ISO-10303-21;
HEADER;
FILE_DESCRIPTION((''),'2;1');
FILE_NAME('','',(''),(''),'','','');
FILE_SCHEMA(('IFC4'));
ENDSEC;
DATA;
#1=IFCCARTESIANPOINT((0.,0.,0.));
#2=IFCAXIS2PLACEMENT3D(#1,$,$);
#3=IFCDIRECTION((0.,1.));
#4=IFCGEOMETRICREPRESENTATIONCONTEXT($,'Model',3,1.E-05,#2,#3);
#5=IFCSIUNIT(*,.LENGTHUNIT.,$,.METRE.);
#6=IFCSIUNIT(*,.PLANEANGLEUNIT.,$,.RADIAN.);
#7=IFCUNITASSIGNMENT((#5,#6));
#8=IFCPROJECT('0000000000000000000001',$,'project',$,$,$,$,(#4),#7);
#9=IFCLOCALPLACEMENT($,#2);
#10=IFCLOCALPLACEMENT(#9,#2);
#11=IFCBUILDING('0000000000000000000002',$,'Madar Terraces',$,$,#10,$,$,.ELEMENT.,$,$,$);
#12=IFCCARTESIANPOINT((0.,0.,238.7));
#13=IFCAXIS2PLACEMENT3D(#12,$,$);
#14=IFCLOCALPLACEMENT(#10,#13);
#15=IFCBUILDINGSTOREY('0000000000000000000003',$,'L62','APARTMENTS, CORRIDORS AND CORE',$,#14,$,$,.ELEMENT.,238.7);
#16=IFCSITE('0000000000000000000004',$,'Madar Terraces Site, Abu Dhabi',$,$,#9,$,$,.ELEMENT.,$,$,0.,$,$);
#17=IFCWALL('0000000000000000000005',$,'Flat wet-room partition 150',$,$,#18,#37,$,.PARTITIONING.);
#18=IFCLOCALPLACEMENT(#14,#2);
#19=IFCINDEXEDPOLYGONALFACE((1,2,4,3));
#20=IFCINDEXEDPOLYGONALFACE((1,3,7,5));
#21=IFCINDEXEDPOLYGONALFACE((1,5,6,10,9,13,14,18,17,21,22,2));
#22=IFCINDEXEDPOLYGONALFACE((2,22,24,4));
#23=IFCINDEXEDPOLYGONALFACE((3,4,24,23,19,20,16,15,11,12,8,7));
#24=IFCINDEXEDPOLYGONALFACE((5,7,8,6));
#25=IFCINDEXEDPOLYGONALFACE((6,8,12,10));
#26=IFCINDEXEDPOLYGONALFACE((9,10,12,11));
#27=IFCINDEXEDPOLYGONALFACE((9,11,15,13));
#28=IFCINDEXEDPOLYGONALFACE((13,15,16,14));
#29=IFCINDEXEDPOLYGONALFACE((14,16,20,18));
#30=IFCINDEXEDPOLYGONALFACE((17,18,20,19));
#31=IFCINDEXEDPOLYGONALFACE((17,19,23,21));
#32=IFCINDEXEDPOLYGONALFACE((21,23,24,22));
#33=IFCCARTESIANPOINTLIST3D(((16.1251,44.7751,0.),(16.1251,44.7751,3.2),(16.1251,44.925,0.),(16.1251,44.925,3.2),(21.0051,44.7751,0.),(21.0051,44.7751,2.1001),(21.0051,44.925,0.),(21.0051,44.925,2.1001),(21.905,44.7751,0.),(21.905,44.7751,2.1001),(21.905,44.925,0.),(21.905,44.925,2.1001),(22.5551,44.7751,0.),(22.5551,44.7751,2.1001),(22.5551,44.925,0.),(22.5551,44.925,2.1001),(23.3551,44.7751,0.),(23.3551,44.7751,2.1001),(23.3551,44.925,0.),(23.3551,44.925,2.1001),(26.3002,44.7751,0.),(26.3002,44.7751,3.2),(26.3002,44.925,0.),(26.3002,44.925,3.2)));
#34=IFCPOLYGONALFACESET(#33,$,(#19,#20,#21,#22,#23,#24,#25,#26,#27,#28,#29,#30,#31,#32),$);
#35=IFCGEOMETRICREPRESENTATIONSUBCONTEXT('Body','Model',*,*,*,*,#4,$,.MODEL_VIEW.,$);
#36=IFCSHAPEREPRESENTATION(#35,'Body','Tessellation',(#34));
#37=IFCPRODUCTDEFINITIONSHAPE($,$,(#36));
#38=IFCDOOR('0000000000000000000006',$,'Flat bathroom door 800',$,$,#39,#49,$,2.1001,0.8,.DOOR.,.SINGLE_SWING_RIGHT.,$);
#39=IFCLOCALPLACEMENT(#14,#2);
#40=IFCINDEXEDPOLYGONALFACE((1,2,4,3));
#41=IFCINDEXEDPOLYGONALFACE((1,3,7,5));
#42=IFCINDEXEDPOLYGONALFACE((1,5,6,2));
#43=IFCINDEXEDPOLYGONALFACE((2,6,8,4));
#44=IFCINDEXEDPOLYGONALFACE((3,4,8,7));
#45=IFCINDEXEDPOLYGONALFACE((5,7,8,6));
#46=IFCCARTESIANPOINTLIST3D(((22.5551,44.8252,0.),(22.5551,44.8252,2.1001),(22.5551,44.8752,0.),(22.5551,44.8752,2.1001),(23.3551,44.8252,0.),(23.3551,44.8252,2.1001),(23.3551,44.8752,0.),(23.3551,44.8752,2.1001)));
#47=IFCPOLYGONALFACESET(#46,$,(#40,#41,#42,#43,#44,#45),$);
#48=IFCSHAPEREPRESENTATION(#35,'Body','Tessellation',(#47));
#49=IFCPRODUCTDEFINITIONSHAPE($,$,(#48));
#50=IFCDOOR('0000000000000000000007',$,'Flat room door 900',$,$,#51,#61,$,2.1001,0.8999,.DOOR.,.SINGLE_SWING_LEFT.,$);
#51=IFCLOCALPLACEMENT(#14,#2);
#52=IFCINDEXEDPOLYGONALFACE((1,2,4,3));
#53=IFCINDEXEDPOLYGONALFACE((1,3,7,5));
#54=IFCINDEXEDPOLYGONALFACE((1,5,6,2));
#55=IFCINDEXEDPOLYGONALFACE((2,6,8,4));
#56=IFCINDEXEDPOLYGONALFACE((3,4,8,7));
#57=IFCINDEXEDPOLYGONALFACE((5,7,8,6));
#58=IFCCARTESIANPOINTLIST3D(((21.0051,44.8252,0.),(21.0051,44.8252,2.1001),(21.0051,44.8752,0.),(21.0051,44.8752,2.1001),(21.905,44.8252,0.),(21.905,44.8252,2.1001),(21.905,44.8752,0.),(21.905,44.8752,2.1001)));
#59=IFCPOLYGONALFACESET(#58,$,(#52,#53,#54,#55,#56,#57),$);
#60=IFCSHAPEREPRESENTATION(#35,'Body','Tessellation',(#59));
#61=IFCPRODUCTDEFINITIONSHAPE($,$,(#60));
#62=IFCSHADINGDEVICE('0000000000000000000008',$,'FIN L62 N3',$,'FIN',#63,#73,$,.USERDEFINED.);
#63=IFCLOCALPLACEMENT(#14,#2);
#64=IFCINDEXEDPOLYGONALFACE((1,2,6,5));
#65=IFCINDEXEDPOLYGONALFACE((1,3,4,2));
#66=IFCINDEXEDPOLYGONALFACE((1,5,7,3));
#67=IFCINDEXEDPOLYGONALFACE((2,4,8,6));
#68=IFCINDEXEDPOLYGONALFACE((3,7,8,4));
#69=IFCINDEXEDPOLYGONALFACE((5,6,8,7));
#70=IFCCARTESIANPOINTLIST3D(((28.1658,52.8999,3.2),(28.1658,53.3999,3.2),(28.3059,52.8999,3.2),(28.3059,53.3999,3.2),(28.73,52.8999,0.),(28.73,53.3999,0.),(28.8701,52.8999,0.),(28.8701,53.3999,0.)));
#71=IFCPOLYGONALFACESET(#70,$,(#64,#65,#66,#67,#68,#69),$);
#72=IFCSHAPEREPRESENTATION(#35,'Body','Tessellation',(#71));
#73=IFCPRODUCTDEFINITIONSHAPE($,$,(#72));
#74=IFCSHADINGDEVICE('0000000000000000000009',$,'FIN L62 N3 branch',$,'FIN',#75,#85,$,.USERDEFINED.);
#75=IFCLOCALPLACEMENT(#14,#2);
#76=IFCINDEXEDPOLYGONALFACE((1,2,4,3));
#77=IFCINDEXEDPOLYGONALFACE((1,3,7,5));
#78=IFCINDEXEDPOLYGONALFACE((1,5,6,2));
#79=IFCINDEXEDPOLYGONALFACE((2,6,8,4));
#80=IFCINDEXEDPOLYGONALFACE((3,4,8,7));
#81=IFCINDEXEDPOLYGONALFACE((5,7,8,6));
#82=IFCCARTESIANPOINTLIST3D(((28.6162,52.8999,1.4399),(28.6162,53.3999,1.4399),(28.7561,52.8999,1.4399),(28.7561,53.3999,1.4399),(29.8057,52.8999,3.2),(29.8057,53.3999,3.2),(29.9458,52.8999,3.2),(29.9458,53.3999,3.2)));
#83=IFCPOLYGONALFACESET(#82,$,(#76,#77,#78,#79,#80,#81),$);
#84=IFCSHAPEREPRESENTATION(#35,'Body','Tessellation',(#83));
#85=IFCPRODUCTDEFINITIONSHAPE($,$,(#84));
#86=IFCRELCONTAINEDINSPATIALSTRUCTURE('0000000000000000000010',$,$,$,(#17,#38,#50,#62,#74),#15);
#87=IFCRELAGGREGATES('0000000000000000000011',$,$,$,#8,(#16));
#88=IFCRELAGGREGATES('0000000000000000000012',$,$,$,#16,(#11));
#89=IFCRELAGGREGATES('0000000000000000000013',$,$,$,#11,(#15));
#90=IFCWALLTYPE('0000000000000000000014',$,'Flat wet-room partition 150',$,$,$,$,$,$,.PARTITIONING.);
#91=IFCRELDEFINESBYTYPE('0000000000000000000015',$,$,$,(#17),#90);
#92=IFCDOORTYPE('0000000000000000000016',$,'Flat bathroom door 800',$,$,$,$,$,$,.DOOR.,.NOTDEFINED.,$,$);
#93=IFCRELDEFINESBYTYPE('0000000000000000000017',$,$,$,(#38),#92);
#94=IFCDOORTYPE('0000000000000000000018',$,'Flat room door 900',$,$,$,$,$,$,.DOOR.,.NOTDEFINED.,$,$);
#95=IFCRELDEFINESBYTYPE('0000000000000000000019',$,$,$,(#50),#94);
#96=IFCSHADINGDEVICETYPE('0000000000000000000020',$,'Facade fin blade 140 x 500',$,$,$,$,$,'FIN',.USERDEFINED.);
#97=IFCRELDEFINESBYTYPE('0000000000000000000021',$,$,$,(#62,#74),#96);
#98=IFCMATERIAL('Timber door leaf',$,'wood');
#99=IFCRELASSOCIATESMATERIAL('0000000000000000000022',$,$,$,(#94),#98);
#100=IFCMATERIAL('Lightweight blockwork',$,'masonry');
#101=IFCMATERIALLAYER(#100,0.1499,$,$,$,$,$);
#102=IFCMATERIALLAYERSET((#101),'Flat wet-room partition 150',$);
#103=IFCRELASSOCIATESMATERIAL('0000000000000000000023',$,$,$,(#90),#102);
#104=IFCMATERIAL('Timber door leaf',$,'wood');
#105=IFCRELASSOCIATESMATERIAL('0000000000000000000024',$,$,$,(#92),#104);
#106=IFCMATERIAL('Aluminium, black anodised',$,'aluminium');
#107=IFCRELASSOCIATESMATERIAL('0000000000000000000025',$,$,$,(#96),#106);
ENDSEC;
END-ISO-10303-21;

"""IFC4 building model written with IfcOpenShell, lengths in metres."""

from ifc_helpers import new_model, si_unit, direction, frame, frame_2d, origin, place, context, subcontext, project, spatial, polyline, rectangle, outline, extrude, material, layer, layer_set, type_object, element, fill, save


model = new_model("IFC4")

# Units and contexts
model_context = context("Model", 3, precision=1e-05, world=origin(), true_north=direction((0.0, 1.0)))
body_context = subcontext(model_context, "Body", "Model", "MODEL_VIEW")
ifc_project = project(units=[si_unit("LENGTHUNIT", "METRE"), si_unit("PLANEANGLEUNIT", "RADIAN")], contexts=[model_context])

# Site, building, storey
site_placement = place(None, origin())
site = spatial("IfcSite", under=ifc_project, at=site_placement, Name="Madar Terraces Site, Abu Dhabi", CompositionType="ELEMENT", RefElevation=0.0)
building_placement = place(site_placement, origin())
building = spatial("IfcBuilding", under=site, at=building_placement, Name="Madar Terraces", CompositionType="ELEMENT")
storey_placement = place(building_placement, frame((0.0, 0.0, 238.7)))
storey = spatial("IfcBuildingStorey", under=building, at=storey_placement, Name="L62", Description="APARTMENTS, CORRIDORS AND CORE", CompositionType="ELEMENT", Elevation=238.7)

# Shared definitions
ifc_material_1 = material(Name="Timber door leaf", Category="wood")
door_type_1 = type_object("IfcDoorType", Name="Flat room door 900", OperationType="NOTDEFINED", PredefinedType="DOOR", material=ifc_material_1)

# Wall, openings, doors
ifc_material_2 = material(Name="Lightweight blockwork", Category="masonry")
ifc_layer_1 = layer(ifc_material_2, 0.1499)
ifc_layer_set_1 = layer_set([ifc_layer_1], Name="Flat wet-room partition 150")
wall_type_1 = type_object("IfcWallType", Name="Flat wet-room partition 150", PredefinedType="PARTITIONING", material=ifc_layer_set_1)
wall_1_placement = place(storey_placement, frame((26.3, 44.8501, 0.0), z_axis=(0.0, 0.0, 1.0), x_axis=(-1.0, 0.0, 0.0)))
wall_1 = element("IfcWall", 1, at=wall_1_placement, inside=storey, type_object=wall_type_1, Name="Flat wet-room partition 150", PredefinedType="PARTITIONING", context=body_context, shape_type="SweptSolid", body=[
    extrude(rectangle(XDim=10.175, YDim=0.1499, at=frame_2d((5.0874, 0.0))), origin(), (0.0, 0.0, 1.0), 3.2),
])
opening_1_placement = place(wall_1_placement, frame((4.395, 0.0, 0.0)))
opening_1 = element("IfcOpeningElement", 2, at=opening_1_placement, cuts=wall_1, PredefinedType="OPENING", context=body_context, shape_type="SweptSolid", body=[
    extrude(rectangle(XDim=0.8999, YDim=2.1001, at=frame_2d((0.45, 1.05))), frame((0.0, 0.085, 0.0), z_axis=(0.0, -1.0, 0.0), x_axis=(1.0, 0.0, 0.0)), (0.0, 0.0, 1.0), 0.1699),
])
opening_2_placement = place(wall_1_placement, frame((2.9451, 0.0, 0.0)))
opening_2 = element("IfcOpeningElement", 3, at=opening_2_placement, cuts=wall_1, PredefinedType="OPENING", context=body_context, shape_type="SweptSolid", body=[
    extrude(rectangle(XDim=0.8, YDim=2.1001, at=frame_2d((0.3999, 1.05))), frame((0.0, 0.085, 0.0), z_axis=(0.0, -1.0, 0.0), x_axis=(1.0, 0.0, 0.0)), (0.0, 0.0, 1.0), 0.1699),
])
ifc_material_3 = material(Name="Timber door leaf", Category="wood")
door_type_2 = type_object("IfcDoorType", Name="Flat bathroom door 800", OperationType="NOTDEFINED", PredefinedType="DOOR", material=ifc_material_3)
door_1_placement = place(opening_2_placement, origin())
door_1 = element("IfcDoor", 4, at=door_1_placement, inside=storey, type_object=door_type_2, Name="Flat bathroom door 800", OperationType="SINGLE_SWING_RIGHT", OverallHeight=2.1001, OverallWidth=0.8, PredefinedType="DOOR", context=body_context, shape_type="SweptSolid", body=[
    extrude(rectangle(XDim=0.8, YDim=2.1001, at=frame_2d((0.3999, 1.05))), frame((0.0, 0.0249, 0.0), z_axis=(0.0, -1.0, 0.0), x_axis=(1.0, 0.0, 0.0)), (0.0, 0.0, 1.0), 0.05),
])
fill(opening_2, door_1)
door_2_placement = place(opening_1_placement, origin())
door_2 = element("IfcDoor", 5, at=door_2_placement, inside=storey, type_object=door_type_1, Name="Flat room door 900", OperationType="SINGLE_SWING_LEFT", OverallHeight=2.1001, OverallWidth=0.8999, PredefinedType="DOOR", context=body_context, shape_type="SweptSolid", body=[
    extrude(rectangle(XDim=0.8999, YDim=2.1001, at=frame_2d((0.45, 1.05))), frame((0.0, 0.0249, 0.0), z_axis=(0.0, -1.0, 0.0), x_axis=(1.0, 0.0, 0.0)), (0.0, 0.0, 1.0), 0.05),
])
fill(opening_1, door_2)

# Shading devices
ifc_material_4 = material(Name="Aluminium, black anodised", Category="aluminium")
shading_device_type = type_object("IfcShadingDeviceType", Name="Facade fin blade 140 x 500", ElementType="FIN", PredefinedType="USERDEFINED", material=ifc_material_4)
shading_device_1_placement = place(storey_placement, frame((28.8701, 53.1499, 0.0), z_axis=(0.0, 0.0, 1.0), x_axis=(-1.0, 0.0, 0.0)))
element("IfcShadingDevice", 6, at=shading_device_1_placement, inside=storey, type_object=shading_device_type, Name="FIN L62 N3", ObjectType="FIN", PredefinedType="USERDEFINED", context=body_context, shape_type="SweptSolid", body=[
    extrude(outline(polyline([(0.0, 0.0), (0.1401, 0.0), (0.7043, 3.2), (0.5642, 3.2), (0.0, 0.0)])), frame((0.0, 0.25, 0.0), z_axis=(0.0, -1.0, 0.0), x_axis=(1.0, 0.0, 0.0)), (0.0, 0.0, 1.0), 0.5),
])
shading_device_2_placement = place(storey_placement, frame((28.7561, 53.1499, 1.4399), z_axis=(0.0, 0.0, 1.0), x_axis=(-1.0, 0.0, 0.0)))
element("IfcShadingDevice", 7, at=shading_device_2_placement, inside=storey, type_object=shading_device_type, Name="FIN L62 N3 branch", ObjectType="FIN", PredefinedType="USERDEFINED", context=body_context, shape_type="SweptSolid", body=[
    extrude(outline(polyline([(0.0, 0.0), (0.1399, 0.0), (-1.0496, 1.76), (-1.1897, 1.76), (0.0, 0.0)])), frame((0.0, 0.25, 0.0), z_axis=(0.0, -1.0, 0.0), x_axis=(1.0, 0.0, 0.0)), (0.0, 0.0, 1.0), 0.5),
])

save(model, "model.ifc")
